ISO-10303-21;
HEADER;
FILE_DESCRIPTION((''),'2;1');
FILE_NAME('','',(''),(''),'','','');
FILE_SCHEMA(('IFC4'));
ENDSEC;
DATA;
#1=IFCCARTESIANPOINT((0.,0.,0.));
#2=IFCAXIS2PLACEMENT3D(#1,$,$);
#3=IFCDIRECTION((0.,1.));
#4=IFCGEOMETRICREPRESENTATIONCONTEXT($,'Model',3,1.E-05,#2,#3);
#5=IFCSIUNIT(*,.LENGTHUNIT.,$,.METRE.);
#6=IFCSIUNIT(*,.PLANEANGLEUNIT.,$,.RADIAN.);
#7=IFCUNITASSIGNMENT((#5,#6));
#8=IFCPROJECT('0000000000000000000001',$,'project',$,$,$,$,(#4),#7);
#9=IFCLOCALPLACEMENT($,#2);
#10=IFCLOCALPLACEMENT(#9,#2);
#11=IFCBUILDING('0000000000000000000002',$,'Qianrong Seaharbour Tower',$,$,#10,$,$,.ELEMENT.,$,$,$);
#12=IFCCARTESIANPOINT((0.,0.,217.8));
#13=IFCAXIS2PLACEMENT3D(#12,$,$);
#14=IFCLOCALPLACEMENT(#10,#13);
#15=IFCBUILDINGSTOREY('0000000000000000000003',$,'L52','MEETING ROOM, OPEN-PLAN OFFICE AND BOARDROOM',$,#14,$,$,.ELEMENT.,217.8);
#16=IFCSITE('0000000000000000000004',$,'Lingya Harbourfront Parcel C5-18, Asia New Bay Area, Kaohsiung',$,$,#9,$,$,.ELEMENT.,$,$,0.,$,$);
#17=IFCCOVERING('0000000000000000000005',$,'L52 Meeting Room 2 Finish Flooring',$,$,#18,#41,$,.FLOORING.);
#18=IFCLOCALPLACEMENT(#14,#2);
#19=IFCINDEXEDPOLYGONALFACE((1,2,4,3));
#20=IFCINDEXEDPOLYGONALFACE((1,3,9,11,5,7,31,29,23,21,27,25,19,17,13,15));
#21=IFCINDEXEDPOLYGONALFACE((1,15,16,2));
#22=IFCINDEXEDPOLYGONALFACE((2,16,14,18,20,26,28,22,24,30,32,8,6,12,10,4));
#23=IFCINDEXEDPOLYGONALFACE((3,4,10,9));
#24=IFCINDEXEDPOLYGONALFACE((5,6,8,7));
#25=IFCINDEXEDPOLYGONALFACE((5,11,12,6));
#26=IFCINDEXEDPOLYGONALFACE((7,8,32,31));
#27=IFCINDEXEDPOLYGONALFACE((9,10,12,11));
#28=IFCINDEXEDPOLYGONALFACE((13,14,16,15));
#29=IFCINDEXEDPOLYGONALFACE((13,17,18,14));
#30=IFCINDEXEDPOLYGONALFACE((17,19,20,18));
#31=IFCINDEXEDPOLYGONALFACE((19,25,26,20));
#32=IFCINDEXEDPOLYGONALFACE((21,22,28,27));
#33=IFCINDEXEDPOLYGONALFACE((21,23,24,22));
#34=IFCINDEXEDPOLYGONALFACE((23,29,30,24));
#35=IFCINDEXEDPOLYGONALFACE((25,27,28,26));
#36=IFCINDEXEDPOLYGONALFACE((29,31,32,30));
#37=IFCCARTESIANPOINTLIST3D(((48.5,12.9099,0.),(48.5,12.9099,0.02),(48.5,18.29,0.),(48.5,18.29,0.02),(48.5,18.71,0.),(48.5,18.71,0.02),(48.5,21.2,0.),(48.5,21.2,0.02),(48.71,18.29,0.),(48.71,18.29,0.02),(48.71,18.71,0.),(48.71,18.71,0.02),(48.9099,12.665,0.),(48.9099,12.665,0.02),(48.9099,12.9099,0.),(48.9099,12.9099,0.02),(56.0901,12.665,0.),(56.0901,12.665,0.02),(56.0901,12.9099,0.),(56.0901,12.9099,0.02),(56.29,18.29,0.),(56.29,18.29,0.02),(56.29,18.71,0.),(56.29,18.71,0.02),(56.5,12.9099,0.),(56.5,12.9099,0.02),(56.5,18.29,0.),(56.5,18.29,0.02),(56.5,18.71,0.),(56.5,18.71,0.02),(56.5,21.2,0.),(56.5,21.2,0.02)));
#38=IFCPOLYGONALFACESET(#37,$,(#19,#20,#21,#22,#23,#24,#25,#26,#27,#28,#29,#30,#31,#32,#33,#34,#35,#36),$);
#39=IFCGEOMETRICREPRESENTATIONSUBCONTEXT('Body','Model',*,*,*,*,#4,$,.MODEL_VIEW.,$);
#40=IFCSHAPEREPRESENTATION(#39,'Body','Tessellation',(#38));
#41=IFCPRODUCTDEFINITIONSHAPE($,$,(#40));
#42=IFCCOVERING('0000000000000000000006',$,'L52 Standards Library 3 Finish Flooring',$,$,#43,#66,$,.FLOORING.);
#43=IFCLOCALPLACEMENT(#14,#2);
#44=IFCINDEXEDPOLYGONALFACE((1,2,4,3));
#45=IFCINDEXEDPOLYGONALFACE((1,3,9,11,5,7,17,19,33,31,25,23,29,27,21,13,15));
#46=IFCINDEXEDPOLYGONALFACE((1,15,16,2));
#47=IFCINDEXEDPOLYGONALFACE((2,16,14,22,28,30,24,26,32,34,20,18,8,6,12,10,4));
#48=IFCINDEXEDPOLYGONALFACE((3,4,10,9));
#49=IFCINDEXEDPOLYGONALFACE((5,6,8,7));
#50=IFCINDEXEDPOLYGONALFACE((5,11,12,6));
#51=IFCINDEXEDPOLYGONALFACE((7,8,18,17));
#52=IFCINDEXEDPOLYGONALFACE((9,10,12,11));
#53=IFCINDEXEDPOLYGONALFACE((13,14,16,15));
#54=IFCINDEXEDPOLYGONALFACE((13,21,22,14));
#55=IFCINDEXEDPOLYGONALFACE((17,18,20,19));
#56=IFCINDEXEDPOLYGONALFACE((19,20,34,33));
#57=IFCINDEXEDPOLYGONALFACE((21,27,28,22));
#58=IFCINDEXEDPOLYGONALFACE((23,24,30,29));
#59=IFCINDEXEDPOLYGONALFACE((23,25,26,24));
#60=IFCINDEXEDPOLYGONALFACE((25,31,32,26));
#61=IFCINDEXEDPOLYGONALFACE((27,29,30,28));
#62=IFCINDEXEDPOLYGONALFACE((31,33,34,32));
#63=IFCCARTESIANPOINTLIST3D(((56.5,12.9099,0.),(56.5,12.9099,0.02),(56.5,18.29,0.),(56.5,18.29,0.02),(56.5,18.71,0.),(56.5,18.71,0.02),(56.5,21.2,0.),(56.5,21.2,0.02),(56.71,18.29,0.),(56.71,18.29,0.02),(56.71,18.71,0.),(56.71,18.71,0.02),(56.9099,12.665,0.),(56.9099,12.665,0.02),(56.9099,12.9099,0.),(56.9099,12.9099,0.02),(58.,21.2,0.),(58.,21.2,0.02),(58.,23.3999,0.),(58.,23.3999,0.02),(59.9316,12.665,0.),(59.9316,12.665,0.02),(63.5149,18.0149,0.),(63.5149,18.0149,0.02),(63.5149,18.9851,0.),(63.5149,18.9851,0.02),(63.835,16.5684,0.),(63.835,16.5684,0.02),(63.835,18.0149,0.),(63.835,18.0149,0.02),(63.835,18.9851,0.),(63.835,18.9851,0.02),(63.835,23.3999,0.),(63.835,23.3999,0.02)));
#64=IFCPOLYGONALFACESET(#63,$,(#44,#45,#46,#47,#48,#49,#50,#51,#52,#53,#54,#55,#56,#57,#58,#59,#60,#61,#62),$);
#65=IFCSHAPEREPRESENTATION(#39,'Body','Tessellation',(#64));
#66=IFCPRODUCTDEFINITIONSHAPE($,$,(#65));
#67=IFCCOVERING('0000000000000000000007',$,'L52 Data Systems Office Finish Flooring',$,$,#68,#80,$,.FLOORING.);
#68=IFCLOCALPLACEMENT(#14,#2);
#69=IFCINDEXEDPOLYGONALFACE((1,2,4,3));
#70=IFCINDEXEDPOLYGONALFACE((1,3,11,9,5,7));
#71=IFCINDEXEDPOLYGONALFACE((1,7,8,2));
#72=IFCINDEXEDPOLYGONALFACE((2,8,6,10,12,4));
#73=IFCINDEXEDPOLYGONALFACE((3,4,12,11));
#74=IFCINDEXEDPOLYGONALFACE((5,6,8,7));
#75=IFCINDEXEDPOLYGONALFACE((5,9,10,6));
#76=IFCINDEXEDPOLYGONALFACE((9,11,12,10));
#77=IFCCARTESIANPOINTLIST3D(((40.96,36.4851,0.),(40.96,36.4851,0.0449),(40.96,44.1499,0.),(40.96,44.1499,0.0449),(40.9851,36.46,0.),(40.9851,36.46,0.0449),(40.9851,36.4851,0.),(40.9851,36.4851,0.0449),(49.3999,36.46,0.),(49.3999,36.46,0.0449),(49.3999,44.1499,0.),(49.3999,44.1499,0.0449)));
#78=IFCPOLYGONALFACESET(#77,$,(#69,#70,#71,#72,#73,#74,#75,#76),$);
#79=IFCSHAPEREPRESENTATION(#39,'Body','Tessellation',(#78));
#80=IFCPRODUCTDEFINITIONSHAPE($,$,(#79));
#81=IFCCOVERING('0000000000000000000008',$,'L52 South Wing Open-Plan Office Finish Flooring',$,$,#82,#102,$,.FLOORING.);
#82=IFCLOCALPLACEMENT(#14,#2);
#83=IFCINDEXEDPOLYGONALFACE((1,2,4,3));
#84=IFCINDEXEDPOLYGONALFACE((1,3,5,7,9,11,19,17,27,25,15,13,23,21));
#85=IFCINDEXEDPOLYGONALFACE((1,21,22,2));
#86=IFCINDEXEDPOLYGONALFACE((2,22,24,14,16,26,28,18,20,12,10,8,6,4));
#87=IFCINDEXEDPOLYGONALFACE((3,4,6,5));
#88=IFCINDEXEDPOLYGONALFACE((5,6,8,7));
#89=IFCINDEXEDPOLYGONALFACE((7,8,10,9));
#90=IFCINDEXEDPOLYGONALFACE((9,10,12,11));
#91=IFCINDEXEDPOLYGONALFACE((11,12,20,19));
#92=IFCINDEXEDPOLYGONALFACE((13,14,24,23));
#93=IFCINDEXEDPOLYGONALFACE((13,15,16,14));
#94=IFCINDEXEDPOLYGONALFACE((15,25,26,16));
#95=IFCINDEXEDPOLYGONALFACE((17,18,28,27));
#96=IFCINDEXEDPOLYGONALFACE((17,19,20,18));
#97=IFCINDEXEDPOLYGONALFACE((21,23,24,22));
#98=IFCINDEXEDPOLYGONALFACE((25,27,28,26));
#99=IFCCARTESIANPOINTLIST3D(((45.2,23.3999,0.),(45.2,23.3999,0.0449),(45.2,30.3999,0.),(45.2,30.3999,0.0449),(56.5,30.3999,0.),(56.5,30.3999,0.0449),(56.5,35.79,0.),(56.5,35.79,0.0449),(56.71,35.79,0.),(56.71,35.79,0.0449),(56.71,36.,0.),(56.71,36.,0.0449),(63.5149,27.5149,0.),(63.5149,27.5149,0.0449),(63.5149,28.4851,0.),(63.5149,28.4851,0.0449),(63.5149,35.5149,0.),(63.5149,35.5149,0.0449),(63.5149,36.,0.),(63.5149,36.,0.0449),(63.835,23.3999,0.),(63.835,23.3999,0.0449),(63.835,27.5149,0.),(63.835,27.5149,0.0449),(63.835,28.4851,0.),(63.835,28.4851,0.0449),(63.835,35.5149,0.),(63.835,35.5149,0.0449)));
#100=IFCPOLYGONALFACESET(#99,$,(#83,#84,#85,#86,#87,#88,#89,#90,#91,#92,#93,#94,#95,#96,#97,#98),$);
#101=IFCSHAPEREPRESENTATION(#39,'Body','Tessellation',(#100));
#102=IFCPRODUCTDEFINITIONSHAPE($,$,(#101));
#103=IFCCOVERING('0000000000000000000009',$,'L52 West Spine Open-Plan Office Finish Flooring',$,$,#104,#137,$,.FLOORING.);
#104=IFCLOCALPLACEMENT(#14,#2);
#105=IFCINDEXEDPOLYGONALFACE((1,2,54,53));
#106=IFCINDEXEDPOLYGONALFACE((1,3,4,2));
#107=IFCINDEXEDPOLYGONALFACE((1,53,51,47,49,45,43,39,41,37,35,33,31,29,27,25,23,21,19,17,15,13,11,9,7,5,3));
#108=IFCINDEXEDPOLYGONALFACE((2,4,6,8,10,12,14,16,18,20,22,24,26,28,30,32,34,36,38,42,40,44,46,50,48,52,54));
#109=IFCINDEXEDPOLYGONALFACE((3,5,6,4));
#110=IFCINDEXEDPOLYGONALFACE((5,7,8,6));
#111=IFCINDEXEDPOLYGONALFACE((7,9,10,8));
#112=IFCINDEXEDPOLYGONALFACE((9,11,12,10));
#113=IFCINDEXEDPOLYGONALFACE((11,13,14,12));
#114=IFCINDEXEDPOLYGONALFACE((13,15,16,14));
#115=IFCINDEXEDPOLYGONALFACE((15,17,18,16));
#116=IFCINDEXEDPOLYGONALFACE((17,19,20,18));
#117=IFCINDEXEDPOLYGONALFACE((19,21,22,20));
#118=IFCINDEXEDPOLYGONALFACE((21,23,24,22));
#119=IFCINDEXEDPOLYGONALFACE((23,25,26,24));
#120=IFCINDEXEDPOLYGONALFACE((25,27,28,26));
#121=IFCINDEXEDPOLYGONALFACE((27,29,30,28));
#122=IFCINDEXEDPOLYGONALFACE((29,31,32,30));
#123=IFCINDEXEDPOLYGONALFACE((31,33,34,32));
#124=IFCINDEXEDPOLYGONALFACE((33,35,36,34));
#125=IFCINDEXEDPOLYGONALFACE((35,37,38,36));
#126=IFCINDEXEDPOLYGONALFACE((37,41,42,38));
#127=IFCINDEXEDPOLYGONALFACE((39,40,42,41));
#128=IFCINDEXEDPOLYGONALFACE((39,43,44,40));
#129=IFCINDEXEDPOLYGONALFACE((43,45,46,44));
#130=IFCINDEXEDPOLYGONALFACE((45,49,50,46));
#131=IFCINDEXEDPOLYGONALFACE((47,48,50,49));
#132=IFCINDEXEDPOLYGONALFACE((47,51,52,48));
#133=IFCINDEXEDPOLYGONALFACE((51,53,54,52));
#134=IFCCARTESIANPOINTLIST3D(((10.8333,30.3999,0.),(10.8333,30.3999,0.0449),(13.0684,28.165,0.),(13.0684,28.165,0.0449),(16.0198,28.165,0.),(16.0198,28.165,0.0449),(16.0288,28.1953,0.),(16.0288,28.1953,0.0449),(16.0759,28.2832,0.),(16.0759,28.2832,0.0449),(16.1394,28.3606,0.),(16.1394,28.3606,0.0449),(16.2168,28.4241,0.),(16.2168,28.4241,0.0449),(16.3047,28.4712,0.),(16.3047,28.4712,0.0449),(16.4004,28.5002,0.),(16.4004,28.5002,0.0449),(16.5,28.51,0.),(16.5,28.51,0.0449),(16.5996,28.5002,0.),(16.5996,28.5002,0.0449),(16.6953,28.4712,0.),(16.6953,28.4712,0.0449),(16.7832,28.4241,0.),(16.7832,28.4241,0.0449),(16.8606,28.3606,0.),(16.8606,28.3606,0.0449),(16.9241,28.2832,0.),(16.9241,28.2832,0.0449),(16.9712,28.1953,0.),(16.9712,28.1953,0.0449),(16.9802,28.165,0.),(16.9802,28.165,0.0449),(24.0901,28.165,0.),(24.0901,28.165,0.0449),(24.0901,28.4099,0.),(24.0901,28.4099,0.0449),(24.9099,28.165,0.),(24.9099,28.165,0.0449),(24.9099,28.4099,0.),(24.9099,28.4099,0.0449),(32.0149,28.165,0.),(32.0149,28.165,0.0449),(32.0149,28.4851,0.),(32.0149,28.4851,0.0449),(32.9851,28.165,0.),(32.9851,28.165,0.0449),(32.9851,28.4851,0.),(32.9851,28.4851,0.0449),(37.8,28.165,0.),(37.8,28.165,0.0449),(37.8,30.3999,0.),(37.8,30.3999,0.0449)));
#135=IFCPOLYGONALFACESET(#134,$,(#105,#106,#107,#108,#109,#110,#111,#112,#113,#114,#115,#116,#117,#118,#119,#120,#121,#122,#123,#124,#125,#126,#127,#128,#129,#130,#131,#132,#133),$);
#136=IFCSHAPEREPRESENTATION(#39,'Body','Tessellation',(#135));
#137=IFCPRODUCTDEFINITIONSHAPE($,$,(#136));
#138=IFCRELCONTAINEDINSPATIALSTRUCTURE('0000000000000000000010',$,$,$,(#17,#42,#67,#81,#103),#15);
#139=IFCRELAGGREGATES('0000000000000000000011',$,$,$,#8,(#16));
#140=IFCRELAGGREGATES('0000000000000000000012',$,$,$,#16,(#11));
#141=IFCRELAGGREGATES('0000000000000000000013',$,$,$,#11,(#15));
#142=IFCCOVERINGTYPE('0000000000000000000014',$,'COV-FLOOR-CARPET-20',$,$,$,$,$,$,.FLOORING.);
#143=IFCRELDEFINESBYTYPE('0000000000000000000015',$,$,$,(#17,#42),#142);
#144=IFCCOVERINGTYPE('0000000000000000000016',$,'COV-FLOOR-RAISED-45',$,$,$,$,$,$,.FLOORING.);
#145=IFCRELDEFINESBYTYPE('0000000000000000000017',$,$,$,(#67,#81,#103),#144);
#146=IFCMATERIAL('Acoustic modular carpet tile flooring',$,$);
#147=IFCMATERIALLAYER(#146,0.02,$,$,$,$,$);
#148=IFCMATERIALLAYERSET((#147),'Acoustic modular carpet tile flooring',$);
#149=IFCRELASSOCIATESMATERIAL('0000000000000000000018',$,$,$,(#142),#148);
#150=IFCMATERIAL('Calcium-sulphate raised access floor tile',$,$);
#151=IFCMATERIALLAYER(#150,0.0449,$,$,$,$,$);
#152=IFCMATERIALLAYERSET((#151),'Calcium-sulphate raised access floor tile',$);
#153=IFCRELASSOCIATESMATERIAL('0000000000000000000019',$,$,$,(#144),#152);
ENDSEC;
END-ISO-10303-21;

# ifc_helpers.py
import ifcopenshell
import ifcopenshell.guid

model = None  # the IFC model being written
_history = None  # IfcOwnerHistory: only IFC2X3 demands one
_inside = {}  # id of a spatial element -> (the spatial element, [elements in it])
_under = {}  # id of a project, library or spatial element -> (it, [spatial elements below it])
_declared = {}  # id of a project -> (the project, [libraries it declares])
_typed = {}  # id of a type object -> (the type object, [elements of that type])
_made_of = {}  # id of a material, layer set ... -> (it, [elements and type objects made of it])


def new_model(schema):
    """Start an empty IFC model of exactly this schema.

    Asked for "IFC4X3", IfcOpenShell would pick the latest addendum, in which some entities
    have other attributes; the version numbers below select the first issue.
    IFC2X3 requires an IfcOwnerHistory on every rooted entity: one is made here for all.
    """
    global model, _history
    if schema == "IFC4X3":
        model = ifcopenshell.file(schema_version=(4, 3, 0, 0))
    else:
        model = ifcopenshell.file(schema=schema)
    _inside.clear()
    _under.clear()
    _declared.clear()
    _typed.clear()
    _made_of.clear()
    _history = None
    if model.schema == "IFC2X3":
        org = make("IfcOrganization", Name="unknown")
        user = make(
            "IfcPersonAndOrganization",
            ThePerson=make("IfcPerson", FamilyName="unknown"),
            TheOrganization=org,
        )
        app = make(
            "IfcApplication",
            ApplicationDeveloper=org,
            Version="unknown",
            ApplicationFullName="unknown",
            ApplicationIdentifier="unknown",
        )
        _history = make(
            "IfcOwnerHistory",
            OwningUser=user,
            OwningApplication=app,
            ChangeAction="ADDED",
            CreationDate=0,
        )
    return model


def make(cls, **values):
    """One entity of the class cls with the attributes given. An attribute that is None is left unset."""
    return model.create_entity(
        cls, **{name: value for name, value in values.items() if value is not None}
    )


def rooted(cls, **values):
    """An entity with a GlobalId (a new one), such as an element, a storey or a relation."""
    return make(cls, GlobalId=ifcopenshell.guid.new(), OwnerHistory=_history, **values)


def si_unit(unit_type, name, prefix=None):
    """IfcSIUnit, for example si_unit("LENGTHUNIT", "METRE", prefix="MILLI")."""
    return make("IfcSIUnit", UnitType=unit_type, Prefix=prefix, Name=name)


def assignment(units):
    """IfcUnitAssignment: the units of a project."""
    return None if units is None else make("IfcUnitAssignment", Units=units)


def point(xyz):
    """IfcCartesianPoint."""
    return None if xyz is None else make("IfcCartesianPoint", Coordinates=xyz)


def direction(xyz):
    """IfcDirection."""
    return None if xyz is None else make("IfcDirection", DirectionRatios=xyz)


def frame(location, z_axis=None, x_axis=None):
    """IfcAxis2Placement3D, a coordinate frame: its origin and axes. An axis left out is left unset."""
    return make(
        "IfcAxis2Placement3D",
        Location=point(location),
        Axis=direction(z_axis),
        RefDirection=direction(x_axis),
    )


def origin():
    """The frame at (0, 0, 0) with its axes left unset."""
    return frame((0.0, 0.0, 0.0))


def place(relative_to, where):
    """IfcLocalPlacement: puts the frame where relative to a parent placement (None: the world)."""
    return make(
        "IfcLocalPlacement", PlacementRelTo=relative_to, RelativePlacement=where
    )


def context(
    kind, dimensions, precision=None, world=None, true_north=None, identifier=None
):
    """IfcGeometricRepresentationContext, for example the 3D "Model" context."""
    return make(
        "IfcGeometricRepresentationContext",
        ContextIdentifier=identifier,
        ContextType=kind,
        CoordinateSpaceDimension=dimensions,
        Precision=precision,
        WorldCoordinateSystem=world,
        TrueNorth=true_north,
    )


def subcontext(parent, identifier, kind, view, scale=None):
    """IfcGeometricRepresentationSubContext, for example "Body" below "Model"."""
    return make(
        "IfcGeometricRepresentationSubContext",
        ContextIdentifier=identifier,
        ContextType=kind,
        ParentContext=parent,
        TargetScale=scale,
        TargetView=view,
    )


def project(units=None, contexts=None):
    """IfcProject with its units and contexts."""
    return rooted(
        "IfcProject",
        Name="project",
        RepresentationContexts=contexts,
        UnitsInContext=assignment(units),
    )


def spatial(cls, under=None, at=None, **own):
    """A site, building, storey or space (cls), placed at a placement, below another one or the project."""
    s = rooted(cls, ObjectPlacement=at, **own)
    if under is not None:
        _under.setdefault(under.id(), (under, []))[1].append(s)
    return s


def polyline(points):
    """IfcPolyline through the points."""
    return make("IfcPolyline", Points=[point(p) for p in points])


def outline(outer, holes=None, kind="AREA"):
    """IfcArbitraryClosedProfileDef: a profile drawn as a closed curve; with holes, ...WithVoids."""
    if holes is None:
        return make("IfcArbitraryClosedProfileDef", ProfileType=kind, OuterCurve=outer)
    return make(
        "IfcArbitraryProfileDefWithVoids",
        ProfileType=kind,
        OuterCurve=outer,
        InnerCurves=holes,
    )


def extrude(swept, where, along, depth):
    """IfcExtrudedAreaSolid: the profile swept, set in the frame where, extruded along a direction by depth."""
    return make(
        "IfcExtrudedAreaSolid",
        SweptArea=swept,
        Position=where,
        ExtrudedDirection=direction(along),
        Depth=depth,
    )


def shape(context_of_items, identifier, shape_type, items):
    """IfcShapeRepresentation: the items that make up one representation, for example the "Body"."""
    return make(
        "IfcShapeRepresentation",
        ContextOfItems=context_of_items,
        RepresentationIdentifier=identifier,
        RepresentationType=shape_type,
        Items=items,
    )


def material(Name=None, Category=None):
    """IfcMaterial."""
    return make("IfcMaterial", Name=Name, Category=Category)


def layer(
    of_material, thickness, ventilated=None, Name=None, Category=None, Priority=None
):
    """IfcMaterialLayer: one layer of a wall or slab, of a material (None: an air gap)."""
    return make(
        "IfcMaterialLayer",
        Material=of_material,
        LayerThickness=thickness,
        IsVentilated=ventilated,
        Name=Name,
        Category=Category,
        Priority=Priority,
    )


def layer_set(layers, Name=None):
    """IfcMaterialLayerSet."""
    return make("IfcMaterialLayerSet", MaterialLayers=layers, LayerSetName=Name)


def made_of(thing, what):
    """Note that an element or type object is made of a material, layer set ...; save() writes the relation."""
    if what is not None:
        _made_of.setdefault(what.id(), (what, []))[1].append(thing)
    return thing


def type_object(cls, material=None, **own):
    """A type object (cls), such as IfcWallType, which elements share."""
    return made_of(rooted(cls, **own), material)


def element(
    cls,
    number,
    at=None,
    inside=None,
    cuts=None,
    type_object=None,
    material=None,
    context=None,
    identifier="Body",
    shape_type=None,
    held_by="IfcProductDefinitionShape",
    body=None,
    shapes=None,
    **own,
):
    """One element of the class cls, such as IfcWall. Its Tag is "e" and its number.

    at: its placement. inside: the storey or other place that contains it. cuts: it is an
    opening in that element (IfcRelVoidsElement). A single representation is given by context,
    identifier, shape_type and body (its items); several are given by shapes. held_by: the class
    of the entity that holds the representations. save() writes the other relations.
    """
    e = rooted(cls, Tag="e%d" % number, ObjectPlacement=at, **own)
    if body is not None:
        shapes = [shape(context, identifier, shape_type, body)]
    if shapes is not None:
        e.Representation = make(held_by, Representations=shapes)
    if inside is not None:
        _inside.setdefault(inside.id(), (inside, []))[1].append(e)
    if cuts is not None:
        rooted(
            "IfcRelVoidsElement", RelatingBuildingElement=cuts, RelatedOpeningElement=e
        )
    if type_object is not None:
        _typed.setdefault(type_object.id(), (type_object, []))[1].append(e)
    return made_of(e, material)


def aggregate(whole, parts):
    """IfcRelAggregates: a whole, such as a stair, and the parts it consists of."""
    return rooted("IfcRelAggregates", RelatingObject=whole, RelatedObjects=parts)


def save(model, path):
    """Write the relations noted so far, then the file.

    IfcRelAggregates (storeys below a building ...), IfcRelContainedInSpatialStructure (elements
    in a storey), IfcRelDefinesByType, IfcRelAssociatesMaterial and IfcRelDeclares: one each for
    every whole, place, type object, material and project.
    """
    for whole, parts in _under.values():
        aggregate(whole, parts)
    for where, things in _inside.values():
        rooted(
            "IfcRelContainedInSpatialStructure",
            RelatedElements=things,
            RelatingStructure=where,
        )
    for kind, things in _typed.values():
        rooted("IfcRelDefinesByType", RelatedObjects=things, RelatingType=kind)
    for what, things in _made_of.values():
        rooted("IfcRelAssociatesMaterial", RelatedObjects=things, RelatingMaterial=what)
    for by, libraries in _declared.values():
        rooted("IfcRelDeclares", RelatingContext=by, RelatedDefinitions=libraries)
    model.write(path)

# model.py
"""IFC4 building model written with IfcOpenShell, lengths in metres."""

from ifc_helpers import new_model, si_unit, direction, frame, origin, place, context, subcontext, project, spatial, polyline, outline, extrude, material, layer, layer_set, type_object, element, save


model = new_model("IFC4")

# Units and contexts
model_context = context("Model", 3, precision=1e-05, world=origin(), true_north=direction((0.0, 1.0)))
body_context = subcontext(model_context, "Body", "Model", "MODEL_VIEW")
ifc_project = project(units=[si_unit("LENGTHUNIT", "METRE"), si_unit("PLANEANGLEUNIT", "RADIAN")], contexts=[model_context])

# Site, building, storey
site_placement = place(None, origin())
site = spatial("IfcSite", under=ifc_project, at=site_placement, Name="Lingya Harbourfront Parcel C5-18, Asia New Bay Area, Kaohsiung", CompositionType="ELEMENT", RefElevation=0.0)
building_placement = place(site_placement, origin())
building = spatial("IfcBuilding", under=site, at=building_placement, Name="Qianrong Seaharbour Tower", CompositionType="ELEMENT")
storey_placement = place(building_placement, frame((0.0, 0.0, 217.8)))
storey = spatial("IfcBuildingStorey", under=building, at=storey_placement, Name="L52", Description="MEETING ROOM, OPEN-PLAN OFFICE AND BOARDROOM", CompositionType="ELEMENT", Elevation=217.8)

# Coverings
ifc_material_1 = material(Name="Acoustic modular carpet tile flooring")
ifc_layer_1 = layer(ifc_material_1, 0.02)
ifc_layer_set_1 = layer_set([ifc_layer_1], Name="Acoustic modular carpet tile flooring")
covering_type_1 = type_object("IfcCoveringType", Name="COV-FLOOR-CARPET-20", PredefinedType="FLOORING", material=ifc_layer_set_1)
covering_1_placement = place(storey_placement, origin())
element("IfcCovering", 1, at=covering_1_placement, inside=storey, type_object=covering_type_1, Name="L52 Meeting Room 2 Finish Flooring", PredefinedType="FLOORING", context=body_context, shape_type="SweptSolid", body=[
    extrude(outline(polyline([(48.9099, 12.665), (48.9099, 12.9099), (48.5, 12.9099), (48.5, 18.29), (48.71, 18.29), (48.71, 18.71), (48.5, 18.71), (48.5, 21.2), (56.5, 21.2), (56.5, 18.71), (56.29, 18.71), (56.29, 18.29), (56.5, 18.29), (56.5, 12.9099), (56.0901, 12.9099), (56.0901, 12.665), (48.9099, 12.665)])), origin(), (0.0, 0.0, 1.0), 0.02),
])
covering_2_placement = place(storey_placement, origin())
element("IfcCovering", 2, at=covering_2_placement, inside=storey, type_object=covering_type_1, Name="L52 Standards Library 3 Finish Flooring", PredefinedType="FLOORING", context=body_context, shape_type="SweptSolid", body=[
    extrude(outline(polyline([(59.9316, 12.665), (56.9099, 12.665), (56.9099, 12.9099), (56.5, 12.9099), (56.5, 18.29), (56.71, 18.29), (56.71, 18.71), (56.5, 18.71), (56.5, 21.2), (58.0, 21.2), (58.0, 23.3999), (63.835, 23.3999), (63.835, 18.9851), (63.5149, 18.9851), (63.5149, 18.0149), (63.835, 18.0149), (63.835, 16.5684), (59.9316, 12.665)])), origin(), (0.0, 0.0, 1.0), 0.02),
])
ifc_material_2 = material(Name="Calcium-sulphate raised access floor tile")
ifc_layer_2 = layer(ifc_material_2, 0.0449)
ifc_layer_set_2 = layer_set([ifc_layer_2], Name="Calcium-sulphate raised access floor tile")
covering_type_2 = type_object("IfcCoveringType", Name="COV-FLOOR-RAISED-45", PredefinedType="FLOORING", material=ifc_layer_set_2)
covering_3_placement = place(storey_placement, origin())
element("IfcCovering", 3, at=covering_3_placement, inside=storey, type_object=covering_type_2, Name="L52 Data Systems Office Finish Flooring", PredefinedType="FLOORING", context=body_context, shape_type="SweptSolid", body=[
    extrude(outline(polyline([(49.3999, 44.1499), (49.3999, 36.46), (40.9851, 36.46), (40.9851, 36.4851), (40.96, 36.4851), (40.96, 44.1499), (49.3999, 44.1499)])), origin(), (0.0, 0.0, 1.0), 0.0449),
])
covering_4_placement = place(storey_placement, origin())
element("IfcCovering", 4, at=covering_4_placement, inside=storey, type_object=covering_type_2, Name="L52 South Wing Open-Plan Office Finish Flooring", PredefinedType="FLOORING", context=body_context, shape_type="SweptSolid", body=[
    extrude(outline(polyline([(56.5, 30.3999), (56.5, 35.79), (56.71, 35.79), (56.71, 36.0), (63.5149, 36.0), (63.5149, 35.5149), (63.835, 35.5149), (63.835, 28.4851), (63.5149, 28.4851), (63.5149, 27.5149), (63.835, 27.5149), (63.835, 23.3999), (45.2, 23.3999), (45.2, 30.3999), (56.5, 30.3999)])), origin(), (0.0, 0.0, 1.0), 0.0449),
])
covering_5_placement = place(storey_placement, origin())
element("IfcCovering", 5, at=covering_5_placement, inside=storey, type_object=covering_type_2, Name="L52 West Spine Open-Plan Office Finish Flooring", PredefinedType="FLOORING", context=body_context, shape_type="SweptSolid", body=[
    extrude(outline(polyline([(32.9851, 28.165), (32.9851, 28.4851), (32.0149, 28.4851), (32.0149, 28.165), (24.9099, 28.165), (24.9099, 28.4099), (24.0901, 28.4099), (24.0901, 28.165), (16.9802, 28.165), (16.9712, 28.1953), (16.9241, 28.2832), (16.8606, 28.3606), (16.7832, 28.4241), (16.6953, 28.4712), (16.5996, 28.5002), (16.5, 28.51), (16.4004, 28.5002), (16.3047, 28.4712), (16.2168, 28.4241), (16.1394, 28.3606), (16.0759, 28.2832), (16.0288, 28.1953), (16.0198, 28.165), (13.0684, 28.165), (10.8333, 30.3999), (37.8, 30.3999), (37.8, 28.165), (32.9851, 28.165)])), origin(), (0.0, 0.0, 1.0), 0.0449),
])

save(model, "model.ifc")
